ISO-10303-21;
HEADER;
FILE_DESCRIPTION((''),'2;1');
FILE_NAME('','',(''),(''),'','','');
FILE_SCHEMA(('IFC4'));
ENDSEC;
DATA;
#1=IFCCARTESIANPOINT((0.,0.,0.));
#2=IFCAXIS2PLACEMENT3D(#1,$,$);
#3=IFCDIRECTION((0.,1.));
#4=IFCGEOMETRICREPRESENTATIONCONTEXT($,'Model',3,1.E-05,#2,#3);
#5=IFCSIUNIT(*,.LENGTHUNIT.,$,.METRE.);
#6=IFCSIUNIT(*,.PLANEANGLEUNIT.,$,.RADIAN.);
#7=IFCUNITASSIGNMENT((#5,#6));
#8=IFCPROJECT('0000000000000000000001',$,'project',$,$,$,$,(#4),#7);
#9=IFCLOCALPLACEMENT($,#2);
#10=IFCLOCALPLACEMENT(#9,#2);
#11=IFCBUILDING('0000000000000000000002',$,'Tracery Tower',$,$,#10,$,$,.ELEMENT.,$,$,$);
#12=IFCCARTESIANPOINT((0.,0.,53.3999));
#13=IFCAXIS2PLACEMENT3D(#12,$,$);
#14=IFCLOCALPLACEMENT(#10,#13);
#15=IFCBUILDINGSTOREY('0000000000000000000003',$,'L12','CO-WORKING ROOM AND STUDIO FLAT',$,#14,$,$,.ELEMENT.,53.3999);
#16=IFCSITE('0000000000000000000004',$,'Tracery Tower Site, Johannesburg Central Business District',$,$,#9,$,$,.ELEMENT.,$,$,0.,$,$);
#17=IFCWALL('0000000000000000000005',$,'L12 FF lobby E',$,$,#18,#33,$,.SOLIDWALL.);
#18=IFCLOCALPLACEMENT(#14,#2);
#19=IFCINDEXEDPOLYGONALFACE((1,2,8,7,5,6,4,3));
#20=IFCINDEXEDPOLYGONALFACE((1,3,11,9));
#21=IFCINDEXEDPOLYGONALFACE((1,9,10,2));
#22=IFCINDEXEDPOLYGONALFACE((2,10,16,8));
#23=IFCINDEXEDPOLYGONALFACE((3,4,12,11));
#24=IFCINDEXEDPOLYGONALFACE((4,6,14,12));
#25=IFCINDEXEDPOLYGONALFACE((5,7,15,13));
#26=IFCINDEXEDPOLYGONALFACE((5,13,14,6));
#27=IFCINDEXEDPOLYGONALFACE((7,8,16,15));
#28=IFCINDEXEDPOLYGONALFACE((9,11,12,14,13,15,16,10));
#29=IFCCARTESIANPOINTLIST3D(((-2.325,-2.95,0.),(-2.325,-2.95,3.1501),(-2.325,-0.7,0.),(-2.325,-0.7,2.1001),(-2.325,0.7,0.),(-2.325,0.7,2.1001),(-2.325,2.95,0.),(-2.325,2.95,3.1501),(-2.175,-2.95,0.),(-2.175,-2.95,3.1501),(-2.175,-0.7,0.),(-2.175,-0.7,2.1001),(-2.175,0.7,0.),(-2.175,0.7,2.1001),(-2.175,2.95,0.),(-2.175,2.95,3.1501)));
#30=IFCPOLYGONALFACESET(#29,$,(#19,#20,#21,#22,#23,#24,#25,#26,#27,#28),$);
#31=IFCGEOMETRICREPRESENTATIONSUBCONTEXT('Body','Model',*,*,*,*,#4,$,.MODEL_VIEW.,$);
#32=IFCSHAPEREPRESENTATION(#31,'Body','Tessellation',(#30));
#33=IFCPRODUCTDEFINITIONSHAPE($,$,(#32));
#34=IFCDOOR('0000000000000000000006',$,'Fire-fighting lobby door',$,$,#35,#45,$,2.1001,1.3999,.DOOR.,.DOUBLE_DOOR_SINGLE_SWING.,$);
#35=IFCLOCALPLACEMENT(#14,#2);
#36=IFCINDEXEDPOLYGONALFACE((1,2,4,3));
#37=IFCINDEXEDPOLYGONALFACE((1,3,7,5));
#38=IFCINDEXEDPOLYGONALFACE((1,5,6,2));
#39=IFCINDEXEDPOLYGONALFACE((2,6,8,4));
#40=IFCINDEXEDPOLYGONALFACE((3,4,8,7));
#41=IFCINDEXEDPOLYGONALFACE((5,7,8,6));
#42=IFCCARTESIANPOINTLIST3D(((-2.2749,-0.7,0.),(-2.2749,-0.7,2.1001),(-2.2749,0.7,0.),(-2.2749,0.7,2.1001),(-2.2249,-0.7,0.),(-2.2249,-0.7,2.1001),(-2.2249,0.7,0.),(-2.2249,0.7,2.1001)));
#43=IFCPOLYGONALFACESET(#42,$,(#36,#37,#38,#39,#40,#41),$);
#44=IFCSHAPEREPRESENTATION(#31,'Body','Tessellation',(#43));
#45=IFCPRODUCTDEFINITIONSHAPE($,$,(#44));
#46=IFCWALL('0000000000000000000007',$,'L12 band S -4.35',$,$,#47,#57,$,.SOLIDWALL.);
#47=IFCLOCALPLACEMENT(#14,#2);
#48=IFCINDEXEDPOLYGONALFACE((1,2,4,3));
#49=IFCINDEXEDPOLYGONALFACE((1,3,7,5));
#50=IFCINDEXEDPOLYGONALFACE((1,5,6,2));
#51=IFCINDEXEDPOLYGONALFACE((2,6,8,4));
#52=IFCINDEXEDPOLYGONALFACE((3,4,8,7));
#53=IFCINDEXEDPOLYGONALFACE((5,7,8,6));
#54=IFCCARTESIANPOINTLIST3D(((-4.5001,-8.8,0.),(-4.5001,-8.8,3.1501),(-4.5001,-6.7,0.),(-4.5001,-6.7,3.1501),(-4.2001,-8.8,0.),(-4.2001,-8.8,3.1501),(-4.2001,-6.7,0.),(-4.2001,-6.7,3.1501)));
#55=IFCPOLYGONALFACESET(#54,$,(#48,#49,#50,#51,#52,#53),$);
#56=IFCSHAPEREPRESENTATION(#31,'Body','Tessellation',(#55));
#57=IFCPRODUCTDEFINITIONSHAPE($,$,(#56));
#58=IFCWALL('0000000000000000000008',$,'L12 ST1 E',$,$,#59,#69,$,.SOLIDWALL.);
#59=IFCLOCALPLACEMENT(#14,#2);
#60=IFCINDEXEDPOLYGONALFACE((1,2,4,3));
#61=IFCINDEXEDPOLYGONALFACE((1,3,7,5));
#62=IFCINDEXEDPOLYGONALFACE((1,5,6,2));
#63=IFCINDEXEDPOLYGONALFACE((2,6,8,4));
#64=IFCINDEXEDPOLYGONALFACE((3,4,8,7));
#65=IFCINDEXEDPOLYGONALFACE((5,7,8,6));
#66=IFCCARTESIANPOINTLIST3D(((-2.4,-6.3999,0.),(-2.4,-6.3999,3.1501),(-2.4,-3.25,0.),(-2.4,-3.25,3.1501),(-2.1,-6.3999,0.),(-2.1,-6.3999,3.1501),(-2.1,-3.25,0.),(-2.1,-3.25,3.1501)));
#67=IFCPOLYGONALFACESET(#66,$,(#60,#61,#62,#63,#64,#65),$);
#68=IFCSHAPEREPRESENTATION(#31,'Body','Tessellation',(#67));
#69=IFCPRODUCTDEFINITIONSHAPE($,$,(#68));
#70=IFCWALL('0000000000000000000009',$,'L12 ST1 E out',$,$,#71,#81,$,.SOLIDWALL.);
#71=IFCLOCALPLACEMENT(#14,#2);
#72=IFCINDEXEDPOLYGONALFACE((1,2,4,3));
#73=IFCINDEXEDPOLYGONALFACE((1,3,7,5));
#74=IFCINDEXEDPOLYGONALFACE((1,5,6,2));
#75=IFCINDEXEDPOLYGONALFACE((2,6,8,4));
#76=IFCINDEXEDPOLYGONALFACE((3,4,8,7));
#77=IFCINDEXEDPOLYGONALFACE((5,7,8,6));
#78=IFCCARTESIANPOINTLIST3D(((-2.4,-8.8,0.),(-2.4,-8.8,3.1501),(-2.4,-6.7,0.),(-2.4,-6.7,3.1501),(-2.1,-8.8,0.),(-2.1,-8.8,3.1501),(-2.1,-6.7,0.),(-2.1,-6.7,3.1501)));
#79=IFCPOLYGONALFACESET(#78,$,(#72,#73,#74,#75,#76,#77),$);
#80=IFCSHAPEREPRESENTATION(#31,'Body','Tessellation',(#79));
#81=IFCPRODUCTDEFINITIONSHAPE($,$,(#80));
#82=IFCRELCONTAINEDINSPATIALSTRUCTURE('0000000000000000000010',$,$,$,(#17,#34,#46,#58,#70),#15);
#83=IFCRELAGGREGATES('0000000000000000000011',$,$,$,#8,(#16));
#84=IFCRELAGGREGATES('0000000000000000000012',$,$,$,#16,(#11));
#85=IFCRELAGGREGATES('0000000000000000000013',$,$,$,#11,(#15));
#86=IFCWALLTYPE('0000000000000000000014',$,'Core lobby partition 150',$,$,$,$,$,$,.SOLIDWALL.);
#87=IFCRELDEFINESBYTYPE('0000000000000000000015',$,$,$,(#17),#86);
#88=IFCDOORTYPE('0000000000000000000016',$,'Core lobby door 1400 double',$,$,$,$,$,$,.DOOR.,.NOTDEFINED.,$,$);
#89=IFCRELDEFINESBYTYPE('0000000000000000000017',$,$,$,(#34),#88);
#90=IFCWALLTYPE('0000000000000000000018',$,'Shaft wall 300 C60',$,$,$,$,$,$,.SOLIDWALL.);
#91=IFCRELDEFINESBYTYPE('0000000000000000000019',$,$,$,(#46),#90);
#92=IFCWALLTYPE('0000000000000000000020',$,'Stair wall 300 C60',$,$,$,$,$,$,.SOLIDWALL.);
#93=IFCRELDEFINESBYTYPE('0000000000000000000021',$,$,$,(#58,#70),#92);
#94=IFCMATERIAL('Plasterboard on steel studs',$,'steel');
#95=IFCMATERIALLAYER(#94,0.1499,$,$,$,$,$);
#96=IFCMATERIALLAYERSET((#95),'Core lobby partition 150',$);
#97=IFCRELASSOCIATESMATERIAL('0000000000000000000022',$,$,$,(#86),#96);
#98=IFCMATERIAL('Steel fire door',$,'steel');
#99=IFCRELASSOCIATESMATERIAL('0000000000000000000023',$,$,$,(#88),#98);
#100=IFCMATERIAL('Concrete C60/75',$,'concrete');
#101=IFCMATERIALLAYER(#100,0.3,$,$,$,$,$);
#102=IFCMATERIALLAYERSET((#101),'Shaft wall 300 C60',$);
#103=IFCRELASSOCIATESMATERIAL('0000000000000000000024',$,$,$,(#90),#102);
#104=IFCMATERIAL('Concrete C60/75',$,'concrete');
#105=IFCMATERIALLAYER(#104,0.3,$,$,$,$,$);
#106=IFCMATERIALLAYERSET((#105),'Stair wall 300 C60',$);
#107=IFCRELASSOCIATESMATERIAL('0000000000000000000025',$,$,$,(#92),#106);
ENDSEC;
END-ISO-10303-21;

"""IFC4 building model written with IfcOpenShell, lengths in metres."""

from ifc_helpers import new_model, si_unit, direction, frame, frame_2d, origin, place, context, subcontext, project, spatial, rectangle, extrude, material, layer, layer_set, type_object, element, fill, save


model = new_model("IFC4")

# Units and contexts
model_context = context("Model", 3, precision=1e-05, world=origin(), true_north=direction((0.0, 1.0)))
body_context = subcontext(model_context, "Body", "Model", "MODEL_VIEW")
ifc_project = project(units=[si_unit("LENGTHUNIT", "METRE"), si_unit("PLANEANGLEUNIT", "RADIAN")], contexts=[model_context])

# Site, building, storey
site_placement = place(None, origin())
site = spatial("IfcSite", under=ifc_project, at=site_placement, Name="Tracery Tower Site, Johannesburg Central Business District", CompositionType="ELEMENT", RefElevation=0.0)
building_placement = place(site_placement, origin())
building = spatial("IfcBuilding", under=site, at=building_placement, Name="Tracery Tower", CompositionType="ELEMENT")
storey_placement = place(building_placement, frame((0.0, 0.0, 53.3999)))
storey = spatial("IfcBuildingStorey", under=building, at=storey_placement, Name="L12", Description="CO-WORKING ROOM AND STUDIO FLAT", CompositionType="ELEMENT", Elevation=53.3999)

# Wall, opening, door
ifc_material_1 = material(Name="Plasterboard on steel studs", Category="steel")
ifc_layer_1 = layer(ifc_material_1, 0.1499)
ifc_layer_set_1 = layer_set([ifc_layer_1], Name="Core lobby partition 150")
wall_type_1 = type_object("IfcWallType", Name="Core lobby partition 150", PredefinedType="SOLIDWALL", material=ifc_layer_set_1)
wall_1_placement = place(storey_placement, frame((-2.25, -2.95, 0.0), z_axis=(0.0, 0.0, 1.0), x_axis=(0.0, 1.0, 0.0)))
wall_1 = element("IfcWall", 1, at=wall_1_placement, inside=storey, type_object=wall_type_1, Name="L12 FF lobby E", PredefinedType="SOLIDWALL", context=body_context, shape_type="SweptSolid", body=[
    extrude(rectangle(XDim=5.8999, YDim=0.1499, at=frame_2d((2.95, 0.0))), origin(), (0.0, 0.0, 1.0), 3.1501),
])
opening_1_placement = place(wall_1_placement, frame((2.25, 0.0, 0.0)))
opening_1 = element("IfcOpeningElement", 2, at=opening_1_placement, cuts=wall_1, PredefinedType="OPENING", context=body_context, shape_type="SweptSolid", body=[
    extrude(rectangle(XDim=1.3999, YDim=2.1001, at=frame_2d((0.7, 1.05))), frame((0.0, 0.075, 0.0), z_axis=(0.0, -1.0, 0.0), x_axis=(1.0, 0.0, 0.0)), (0.0, 0.0, 1.0), 0.1499),
])
ifc_material_2 = material(Name="Steel fire door", Category="steel")
door_type_1 = type_object("IfcDoorType", Name="Core lobby door 1400 double", OperationType="NOTDEFINED", PredefinedType="DOOR", material=ifc_material_2)
door_1_placement = place(opening_1_placement, origin())
door_1 = element("IfcDoor", 3, at=door_1_placement, inside=storey, type_object=door_type_1, Name="Fire-fighting lobby door", OperationType="DOUBLE_DOOR_SINGLE_SWING", OverallHeight=2.1001, OverallWidth=1.3999, PredefinedType="DOOR", context=body_context, shape_type="SweptSolid", body=[
    extrude(rectangle(XDim=1.3999, YDim=2.1001, at=frame_2d((0.7, 1.05))), frame((0.0, 0.0249, 0.0), z_axis=(0.0, -1.0, 0.0), x_axis=(1.0, 0.0, 0.0)), (0.0, 0.0, 1.0), 0.05),
])
fill(opening_1, door_1)

# Shared definitions
ifc_material_3 = material(Name="Concrete C60/75", Category="concrete")
ifc_layer_2 = layer(ifc_material_3, 0.3)
ifc_layer_set_2 = layer_set([ifc_layer_2], Name="Shaft wall 300 C60")
wall_type_2 = type_object("IfcWallType", Name="Shaft wall 300 C60", PredefinedType="SOLIDWALL", material=ifc_layer_set_2)

# Wall
wall_2_placement = place(storey_placement, frame((-4.3501, -8.8, 0.0), z_axis=(0.0, 0.0, 1.0), x_axis=(0.0, 1.0, 0.0)))
element("IfcWall", 4, at=wall_2_placement, inside=storey, type_object=wall_type_2, Name="L12 band S -4.35", PredefinedType="SOLIDWALL", context=body_context, shape_type="SweptSolid", body=[
    extrude(rectangle(XDim=2.1001, YDim=0.3, at=frame_2d((1.05, 0.0))), origin(), (0.0, 0.0, 1.0), 3.1501),
])

# Shared definitions
ifc_material_4 = material(Name="Concrete C60/75", Category="concrete")
ifc_layer_3 = layer(ifc_material_4, 0.3)
ifc_layer_set_3 = layer_set([ifc_layer_3], Name="Stair wall 300 C60")
wall_type_3 = type_object("IfcWallType", Name="Stair wall 300 C60", PredefinedType="SOLIDWALL", material=ifc_layer_set_3)

# Walls
wall_3_placement = place(storey_placement, frame((-2.25, -6.3999, 0.0), z_axis=(0.0, 0.0, 1.0), x_axis=(0.0, 1.0, 0.0)))
element("IfcWall", 5, at=wall_3_placement, inside=storey, type_object=wall_type_3, Name="L12 ST1 E", PredefinedType="SOLIDWALL", context=body_context, shape_type="SweptSolid", body=[
    extrude(rectangle(XDim=3.1499, YDim=0.3, at=frame_2d((1.575, 0.0))), origin(), (0.0, 0.0, 1.0), 3.1501),
])
wall_4_placement = place(storey_placement, frame((-2.25, -8.8, 0.0), z_axis=(0.0, 0.0, 1.0), x_axis=(0.0, 1.0, 0.0)))
element("IfcWall", 6, at=wall_4_placement, inside=storey, type_object=wall_type_3, Name="L12 ST1 E out", PredefinedType="SOLIDWALL", context=body_context, shape_type="SweptSolid", body=[
    extrude(rectangle(XDim=2.1001, YDim=0.3, at=frame_2d((1.05, 0.0))), origin(), (0.0, 0.0, 1.0), 3.1501),
])

save(model, "model.ifc")
